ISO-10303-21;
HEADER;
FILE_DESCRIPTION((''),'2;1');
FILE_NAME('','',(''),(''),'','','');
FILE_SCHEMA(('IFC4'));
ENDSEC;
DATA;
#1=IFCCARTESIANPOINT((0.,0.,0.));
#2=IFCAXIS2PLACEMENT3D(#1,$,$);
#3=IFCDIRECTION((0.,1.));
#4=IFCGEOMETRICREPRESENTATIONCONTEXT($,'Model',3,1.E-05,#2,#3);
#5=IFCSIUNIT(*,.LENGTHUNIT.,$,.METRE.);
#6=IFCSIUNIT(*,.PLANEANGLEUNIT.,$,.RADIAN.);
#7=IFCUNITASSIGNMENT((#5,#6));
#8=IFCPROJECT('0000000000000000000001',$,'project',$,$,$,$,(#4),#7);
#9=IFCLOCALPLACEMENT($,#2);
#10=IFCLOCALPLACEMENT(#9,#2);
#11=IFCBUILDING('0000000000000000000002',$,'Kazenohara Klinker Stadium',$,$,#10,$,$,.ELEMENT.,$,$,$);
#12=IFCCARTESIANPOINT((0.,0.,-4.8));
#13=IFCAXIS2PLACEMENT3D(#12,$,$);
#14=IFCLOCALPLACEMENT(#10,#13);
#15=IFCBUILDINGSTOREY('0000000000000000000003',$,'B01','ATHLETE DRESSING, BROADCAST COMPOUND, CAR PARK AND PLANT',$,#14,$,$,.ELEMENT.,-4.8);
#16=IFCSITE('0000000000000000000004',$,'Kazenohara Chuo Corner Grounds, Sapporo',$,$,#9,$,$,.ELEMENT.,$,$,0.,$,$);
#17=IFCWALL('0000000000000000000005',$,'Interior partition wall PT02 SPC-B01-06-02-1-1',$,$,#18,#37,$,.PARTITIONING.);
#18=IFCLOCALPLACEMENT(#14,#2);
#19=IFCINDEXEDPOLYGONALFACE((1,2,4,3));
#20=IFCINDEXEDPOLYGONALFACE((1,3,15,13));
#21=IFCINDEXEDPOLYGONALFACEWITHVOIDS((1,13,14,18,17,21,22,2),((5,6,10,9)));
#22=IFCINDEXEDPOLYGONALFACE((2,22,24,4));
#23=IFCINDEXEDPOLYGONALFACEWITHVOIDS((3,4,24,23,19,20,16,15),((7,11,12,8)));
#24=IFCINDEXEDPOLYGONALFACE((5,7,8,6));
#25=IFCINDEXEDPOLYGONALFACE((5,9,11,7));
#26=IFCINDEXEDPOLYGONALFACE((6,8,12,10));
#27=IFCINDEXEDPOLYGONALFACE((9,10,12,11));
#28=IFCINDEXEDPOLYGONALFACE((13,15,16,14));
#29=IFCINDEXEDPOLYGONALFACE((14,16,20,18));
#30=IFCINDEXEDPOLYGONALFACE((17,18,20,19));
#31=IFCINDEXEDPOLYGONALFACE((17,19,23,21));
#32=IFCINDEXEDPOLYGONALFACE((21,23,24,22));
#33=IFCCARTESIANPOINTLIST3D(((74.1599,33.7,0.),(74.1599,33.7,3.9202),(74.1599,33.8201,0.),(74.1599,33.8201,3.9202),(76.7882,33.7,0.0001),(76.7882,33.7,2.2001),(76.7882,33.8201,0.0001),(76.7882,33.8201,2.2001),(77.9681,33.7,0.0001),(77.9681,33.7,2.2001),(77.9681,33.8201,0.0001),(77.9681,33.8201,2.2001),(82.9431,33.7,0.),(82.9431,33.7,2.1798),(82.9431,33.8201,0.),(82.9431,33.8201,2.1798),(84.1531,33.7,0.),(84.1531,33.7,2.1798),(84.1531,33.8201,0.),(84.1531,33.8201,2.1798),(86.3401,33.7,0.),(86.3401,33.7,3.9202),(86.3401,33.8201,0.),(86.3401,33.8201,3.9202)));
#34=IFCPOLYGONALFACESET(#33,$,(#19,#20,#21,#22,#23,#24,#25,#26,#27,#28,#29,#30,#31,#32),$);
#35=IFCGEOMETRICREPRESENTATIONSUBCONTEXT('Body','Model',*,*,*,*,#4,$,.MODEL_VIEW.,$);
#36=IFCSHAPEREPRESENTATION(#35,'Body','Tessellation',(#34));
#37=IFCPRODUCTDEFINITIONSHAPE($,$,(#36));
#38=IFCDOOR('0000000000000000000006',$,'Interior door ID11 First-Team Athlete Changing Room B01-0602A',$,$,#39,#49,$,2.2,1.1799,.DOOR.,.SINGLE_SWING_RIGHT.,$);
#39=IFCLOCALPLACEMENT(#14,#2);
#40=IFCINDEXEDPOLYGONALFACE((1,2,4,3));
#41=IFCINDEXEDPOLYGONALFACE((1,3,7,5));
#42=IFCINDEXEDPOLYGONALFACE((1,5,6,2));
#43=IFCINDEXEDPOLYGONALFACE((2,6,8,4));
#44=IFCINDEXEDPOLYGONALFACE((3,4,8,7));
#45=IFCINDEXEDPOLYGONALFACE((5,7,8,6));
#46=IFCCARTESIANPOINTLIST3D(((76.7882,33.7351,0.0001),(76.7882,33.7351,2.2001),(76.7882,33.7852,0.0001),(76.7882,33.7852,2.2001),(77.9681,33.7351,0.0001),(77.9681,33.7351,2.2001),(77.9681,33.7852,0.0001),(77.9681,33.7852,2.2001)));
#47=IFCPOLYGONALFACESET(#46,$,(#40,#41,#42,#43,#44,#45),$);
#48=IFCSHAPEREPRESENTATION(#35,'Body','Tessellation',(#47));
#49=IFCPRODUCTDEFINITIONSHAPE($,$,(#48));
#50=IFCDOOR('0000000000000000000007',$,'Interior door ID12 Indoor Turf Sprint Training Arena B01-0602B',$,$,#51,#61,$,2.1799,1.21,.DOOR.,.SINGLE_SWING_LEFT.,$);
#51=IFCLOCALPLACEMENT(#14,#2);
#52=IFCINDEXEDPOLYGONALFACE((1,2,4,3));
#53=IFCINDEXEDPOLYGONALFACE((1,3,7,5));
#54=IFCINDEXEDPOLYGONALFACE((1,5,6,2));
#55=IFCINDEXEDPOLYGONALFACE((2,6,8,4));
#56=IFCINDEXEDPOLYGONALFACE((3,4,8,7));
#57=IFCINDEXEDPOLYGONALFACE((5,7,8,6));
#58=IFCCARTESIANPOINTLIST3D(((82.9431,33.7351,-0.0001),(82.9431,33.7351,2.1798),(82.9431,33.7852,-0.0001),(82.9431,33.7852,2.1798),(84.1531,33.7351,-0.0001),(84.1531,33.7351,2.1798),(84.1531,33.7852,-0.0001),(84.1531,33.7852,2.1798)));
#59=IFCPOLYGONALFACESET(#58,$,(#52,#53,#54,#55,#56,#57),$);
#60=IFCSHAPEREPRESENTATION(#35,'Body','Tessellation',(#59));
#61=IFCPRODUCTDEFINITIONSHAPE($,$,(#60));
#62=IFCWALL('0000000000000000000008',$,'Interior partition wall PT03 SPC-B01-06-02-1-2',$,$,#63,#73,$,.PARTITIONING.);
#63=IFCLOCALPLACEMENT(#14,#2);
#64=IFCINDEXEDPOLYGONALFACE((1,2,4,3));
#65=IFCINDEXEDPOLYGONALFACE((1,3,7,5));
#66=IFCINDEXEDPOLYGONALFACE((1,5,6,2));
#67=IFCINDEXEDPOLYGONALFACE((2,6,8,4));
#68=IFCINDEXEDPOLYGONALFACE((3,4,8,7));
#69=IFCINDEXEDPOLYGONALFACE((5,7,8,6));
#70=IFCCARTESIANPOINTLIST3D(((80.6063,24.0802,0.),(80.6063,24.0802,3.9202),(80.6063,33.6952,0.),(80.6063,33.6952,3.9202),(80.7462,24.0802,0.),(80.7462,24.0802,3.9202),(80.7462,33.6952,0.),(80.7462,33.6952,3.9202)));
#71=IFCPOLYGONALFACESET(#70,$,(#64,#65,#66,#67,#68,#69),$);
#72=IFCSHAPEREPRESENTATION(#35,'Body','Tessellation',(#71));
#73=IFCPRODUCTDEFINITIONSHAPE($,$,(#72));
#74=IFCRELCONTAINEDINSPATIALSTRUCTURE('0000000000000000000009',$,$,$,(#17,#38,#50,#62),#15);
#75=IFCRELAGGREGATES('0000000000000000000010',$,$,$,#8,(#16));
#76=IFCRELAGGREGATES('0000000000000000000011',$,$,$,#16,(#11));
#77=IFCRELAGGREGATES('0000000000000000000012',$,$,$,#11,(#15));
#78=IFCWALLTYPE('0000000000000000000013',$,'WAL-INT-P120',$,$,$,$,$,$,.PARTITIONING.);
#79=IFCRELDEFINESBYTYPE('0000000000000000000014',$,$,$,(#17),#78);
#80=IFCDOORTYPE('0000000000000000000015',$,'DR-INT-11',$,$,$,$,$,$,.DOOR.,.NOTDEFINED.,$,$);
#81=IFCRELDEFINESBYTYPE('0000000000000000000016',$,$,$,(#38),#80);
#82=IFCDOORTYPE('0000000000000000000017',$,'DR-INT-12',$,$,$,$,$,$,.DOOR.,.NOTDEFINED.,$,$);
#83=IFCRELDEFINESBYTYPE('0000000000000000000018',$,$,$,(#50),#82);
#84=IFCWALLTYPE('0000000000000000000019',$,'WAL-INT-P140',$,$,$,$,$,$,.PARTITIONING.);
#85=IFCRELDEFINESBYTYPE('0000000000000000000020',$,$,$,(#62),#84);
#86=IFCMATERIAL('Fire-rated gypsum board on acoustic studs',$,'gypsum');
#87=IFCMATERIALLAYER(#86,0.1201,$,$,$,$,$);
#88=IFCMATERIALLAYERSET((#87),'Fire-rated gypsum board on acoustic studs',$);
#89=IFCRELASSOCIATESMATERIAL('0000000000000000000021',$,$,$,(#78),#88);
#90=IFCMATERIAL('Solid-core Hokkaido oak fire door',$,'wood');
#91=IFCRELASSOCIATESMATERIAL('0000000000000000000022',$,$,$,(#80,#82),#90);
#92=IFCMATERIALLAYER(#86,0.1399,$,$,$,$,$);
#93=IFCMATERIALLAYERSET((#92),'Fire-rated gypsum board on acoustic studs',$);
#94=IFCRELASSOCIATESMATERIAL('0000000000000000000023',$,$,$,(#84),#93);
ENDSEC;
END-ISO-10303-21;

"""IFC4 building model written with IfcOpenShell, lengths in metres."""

from ifc_helpers import new_model, si_unit, direction, frame, frame_2d, origin, place, context, subcontext, project, spatial, rectangle, extrude, material, layer, layer_set, type_object, element, fill, save


model = new_model("IFC4")

# Units and contexts
model_context = context("Model", 3, precision=1e-05, world=origin(), true_north=direction((0.0, 1.0)))
body_context = subcontext(model_context, "Body", "Model", "MODEL_VIEW")
ifc_project = project(units=[si_unit("LENGTHUNIT", "METRE"), si_unit("PLANEANGLEUNIT", "RADIAN")], contexts=[model_context])

# Site, building, storey
site_placement = place(None, origin())
site = spatial("IfcSite", under=ifc_project, at=site_placement, Name="Kazenohara Chuo Corner Grounds, Sapporo", CompositionType="ELEMENT", RefElevation=0.0)
building_placement = place(site_placement, origin())
building = spatial("IfcBuilding", under=site, at=building_placement, Name="Kazenohara Klinker Stadium", CompositionType="ELEMENT")
storey_placement = place(building_placement, frame((0.0, 0.0, -4.8)))
storey = spatial("IfcBuildingStorey", under=building, at=storey_placement, Name="B01", Description="ATHLETE DRESSING, BROADCAST COMPOUND, CAR PARK AND PLANT", CompositionType="ELEMENT", Elevation=-4.8)

# Wall, openings, doors
ifc_material_1 = material(Name="Fire-rated gypsum board on acoustic studs", Category="gypsum")
ifc_layer_1 = layer(ifc_material_1, 0.1201)
ifc_layer_set_1 = layer_set([ifc_layer_1], Name="Fire-rated gypsum board on acoustic studs")
wall_type_1 = type_object("IfcWallType", Name="WAL-INT-P120", PredefinedType="PARTITIONING", material=ifc_layer_set_1)
wall_1_placement = place(storey_placement, frame((74.1599, 33.76, 0.0), z_axis=(0.0, 0.0, 1.0), x_axis=(1.0, 0.0, 0.0)))
wall_1 = element("IfcWall", 1, at=wall_1_placement, inside=storey, type_object=wall_type_1, Name="Interior partition wall PT02 SPC-B01-06-02-1-1", PredefinedType="PARTITIONING", context=body_context, shape_type="SweptSolid", body=[
    extrude(rectangle(XDim=12.1802, YDim=0.1201, at=frame_2d((6.0901, 0.0))), origin(), (0.0, 0.0, 1.0), 3.9202),
])
opening_1_placement = place(wall_1_placement, frame((3.8081, 0.0, 0.0), z_axis=(0.0, 0.0, 1.0), x_axis=(-1.0, 0.0, 0.0)))
opening_1 = element("IfcOpeningElement", 2, at=opening_1_placement, cuts=wall_1, PredefinedType="OPENING", context=body_context, shape_type="SweptSolid", body=[
    extrude(rectangle(XDim=1.1799, YDim=2.2, at=frame_2d((0.5898, 1.1001))), frame((0.0, 0.0701, 0.0), z_axis=(0.0, -1.0, 0.0), x_axis=(1.0, 0.0, 0.0)), (0.0, 0.0, 1.0), 0.1401),
])
opening_2_placement = place(wall_1_placement, frame((9.9932, 0.0, 0.0), z_axis=(0.0, 0.0, 1.0), x_axis=(-1.0, 0.0, 0.0)))
opening_2 = element("IfcOpeningElement", 3, at=opening_2_placement, cuts=wall_1, PredefinedType="OPENING", context=body_context, shape_type="SweptSolid", body=[
    extrude(rectangle(XDim=1.21, YDim=2.1799, at=frame_2d((0.605, 1.0898))), frame((0.0, 0.0701, 0.0), z_axis=(0.0, -1.0, 0.0), x_axis=(1.0, 0.0, 0.0)), (0.0, 0.0, 1.0), 0.1401),
])
ifc_material_2 = material(Name="Solid-core Hokkaido oak fire door", Category="wood")
door_type_1 = type_object("IfcDoorType", Name="DR-INT-11", OperationType="NOTDEFINED", PredefinedType="DOOR", material=ifc_material_2)
door_1_placement = place(opening_1_placement, origin())
door_1 = element("IfcDoor", 4, at=door_1_placement, inside=storey, type_object=door_type_1, Name="Interior door ID11 First-Team Athlete Changing Room B01-0602A", OperationType="SINGLE_SWING_RIGHT", OverallHeight=2.2, OverallWidth=1.1799, PredefinedType="DOOR", context=body_context, shape_type="SweptSolid", body=[
    extrude(rectangle(XDim=1.1799, YDim=2.2, at=frame_2d((0.5898, 1.1001))), frame((0.0, 0.0249, 0.0), z_axis=(0.0, -1.0, 0.0), x_axis=(1.0, 0.0, 0.0)), (0.0, 0.0, 1.0), 0.05),
])
fill(opening_1, door_1)
door_type_2 = type_object("IfcDoorType", Name="DR-INT-12", OperationType="NOTDEFINED", PredefinedType="DOOR", material=ifc_material_2)
door_2_placement = place(opening_2_placement, origin())
door_2 = element("IfcDoor", 5, at=door_2_placement, inside=storey, type_object=door_type_2, Name="Interior door ID12 Indoor Turf Sprint Training Arena B01-0602B", OperationType="SINGLE_SWING_LEFT", OverallHeight=2.1799, OverallWidth=1.21, PredefinedType="DOOR", context=body_context, shape_type="SweptSolid", body=[
    extrude(rectangle(XDim=1.21, YDim=2.1799, at=frame_2d((0.605, 1.0898))), frame((0.0, 0.0249, 0.0), z_axis=(0.0, -1.0, 0.0), x_axis=(1.0, 0.0, 0.0)), (0.0, 0.0, 1.0), 0.05),
])
fill(opening_2, door_2)

# Wall
ifc_layer_2 = layer(ifc_material_1, 0.1399)
ifc_layer_set_2 = layer_set([ifc_layer_2], Name="Fire-rated gypsum board on acoustic studs")
wall_type_2 = type_object("IfcWallType", Name="WAL-INT-P140", PredefinedType="PARTITIONING", material=ifc_layer_set_2)
wall_2_placement = place(storey_placement, frame((80.6763, 24.0801, 0.0), z_axis=(0.0, 0.0, 1.0), x_axis=(0.0, 1.0, 0.0)))
element("IfcWall", 6, at=wall_2_placement, inside=storey, type_object=wall_type_2, Name="Interior partition wall PT03 SPC-B01-06-02-1-2", PredefinedType="PARTITIONING", context=body_context, shape_type="SweptSolid", body=[
    extrude(rectangle(XDim=9.615, YDim=0.1399, at=frame_2d((4.8076, 0.0))), origin(), (0.0, 0.0, 1.0), 3.9202),
])

save(model, "model.ifc")
